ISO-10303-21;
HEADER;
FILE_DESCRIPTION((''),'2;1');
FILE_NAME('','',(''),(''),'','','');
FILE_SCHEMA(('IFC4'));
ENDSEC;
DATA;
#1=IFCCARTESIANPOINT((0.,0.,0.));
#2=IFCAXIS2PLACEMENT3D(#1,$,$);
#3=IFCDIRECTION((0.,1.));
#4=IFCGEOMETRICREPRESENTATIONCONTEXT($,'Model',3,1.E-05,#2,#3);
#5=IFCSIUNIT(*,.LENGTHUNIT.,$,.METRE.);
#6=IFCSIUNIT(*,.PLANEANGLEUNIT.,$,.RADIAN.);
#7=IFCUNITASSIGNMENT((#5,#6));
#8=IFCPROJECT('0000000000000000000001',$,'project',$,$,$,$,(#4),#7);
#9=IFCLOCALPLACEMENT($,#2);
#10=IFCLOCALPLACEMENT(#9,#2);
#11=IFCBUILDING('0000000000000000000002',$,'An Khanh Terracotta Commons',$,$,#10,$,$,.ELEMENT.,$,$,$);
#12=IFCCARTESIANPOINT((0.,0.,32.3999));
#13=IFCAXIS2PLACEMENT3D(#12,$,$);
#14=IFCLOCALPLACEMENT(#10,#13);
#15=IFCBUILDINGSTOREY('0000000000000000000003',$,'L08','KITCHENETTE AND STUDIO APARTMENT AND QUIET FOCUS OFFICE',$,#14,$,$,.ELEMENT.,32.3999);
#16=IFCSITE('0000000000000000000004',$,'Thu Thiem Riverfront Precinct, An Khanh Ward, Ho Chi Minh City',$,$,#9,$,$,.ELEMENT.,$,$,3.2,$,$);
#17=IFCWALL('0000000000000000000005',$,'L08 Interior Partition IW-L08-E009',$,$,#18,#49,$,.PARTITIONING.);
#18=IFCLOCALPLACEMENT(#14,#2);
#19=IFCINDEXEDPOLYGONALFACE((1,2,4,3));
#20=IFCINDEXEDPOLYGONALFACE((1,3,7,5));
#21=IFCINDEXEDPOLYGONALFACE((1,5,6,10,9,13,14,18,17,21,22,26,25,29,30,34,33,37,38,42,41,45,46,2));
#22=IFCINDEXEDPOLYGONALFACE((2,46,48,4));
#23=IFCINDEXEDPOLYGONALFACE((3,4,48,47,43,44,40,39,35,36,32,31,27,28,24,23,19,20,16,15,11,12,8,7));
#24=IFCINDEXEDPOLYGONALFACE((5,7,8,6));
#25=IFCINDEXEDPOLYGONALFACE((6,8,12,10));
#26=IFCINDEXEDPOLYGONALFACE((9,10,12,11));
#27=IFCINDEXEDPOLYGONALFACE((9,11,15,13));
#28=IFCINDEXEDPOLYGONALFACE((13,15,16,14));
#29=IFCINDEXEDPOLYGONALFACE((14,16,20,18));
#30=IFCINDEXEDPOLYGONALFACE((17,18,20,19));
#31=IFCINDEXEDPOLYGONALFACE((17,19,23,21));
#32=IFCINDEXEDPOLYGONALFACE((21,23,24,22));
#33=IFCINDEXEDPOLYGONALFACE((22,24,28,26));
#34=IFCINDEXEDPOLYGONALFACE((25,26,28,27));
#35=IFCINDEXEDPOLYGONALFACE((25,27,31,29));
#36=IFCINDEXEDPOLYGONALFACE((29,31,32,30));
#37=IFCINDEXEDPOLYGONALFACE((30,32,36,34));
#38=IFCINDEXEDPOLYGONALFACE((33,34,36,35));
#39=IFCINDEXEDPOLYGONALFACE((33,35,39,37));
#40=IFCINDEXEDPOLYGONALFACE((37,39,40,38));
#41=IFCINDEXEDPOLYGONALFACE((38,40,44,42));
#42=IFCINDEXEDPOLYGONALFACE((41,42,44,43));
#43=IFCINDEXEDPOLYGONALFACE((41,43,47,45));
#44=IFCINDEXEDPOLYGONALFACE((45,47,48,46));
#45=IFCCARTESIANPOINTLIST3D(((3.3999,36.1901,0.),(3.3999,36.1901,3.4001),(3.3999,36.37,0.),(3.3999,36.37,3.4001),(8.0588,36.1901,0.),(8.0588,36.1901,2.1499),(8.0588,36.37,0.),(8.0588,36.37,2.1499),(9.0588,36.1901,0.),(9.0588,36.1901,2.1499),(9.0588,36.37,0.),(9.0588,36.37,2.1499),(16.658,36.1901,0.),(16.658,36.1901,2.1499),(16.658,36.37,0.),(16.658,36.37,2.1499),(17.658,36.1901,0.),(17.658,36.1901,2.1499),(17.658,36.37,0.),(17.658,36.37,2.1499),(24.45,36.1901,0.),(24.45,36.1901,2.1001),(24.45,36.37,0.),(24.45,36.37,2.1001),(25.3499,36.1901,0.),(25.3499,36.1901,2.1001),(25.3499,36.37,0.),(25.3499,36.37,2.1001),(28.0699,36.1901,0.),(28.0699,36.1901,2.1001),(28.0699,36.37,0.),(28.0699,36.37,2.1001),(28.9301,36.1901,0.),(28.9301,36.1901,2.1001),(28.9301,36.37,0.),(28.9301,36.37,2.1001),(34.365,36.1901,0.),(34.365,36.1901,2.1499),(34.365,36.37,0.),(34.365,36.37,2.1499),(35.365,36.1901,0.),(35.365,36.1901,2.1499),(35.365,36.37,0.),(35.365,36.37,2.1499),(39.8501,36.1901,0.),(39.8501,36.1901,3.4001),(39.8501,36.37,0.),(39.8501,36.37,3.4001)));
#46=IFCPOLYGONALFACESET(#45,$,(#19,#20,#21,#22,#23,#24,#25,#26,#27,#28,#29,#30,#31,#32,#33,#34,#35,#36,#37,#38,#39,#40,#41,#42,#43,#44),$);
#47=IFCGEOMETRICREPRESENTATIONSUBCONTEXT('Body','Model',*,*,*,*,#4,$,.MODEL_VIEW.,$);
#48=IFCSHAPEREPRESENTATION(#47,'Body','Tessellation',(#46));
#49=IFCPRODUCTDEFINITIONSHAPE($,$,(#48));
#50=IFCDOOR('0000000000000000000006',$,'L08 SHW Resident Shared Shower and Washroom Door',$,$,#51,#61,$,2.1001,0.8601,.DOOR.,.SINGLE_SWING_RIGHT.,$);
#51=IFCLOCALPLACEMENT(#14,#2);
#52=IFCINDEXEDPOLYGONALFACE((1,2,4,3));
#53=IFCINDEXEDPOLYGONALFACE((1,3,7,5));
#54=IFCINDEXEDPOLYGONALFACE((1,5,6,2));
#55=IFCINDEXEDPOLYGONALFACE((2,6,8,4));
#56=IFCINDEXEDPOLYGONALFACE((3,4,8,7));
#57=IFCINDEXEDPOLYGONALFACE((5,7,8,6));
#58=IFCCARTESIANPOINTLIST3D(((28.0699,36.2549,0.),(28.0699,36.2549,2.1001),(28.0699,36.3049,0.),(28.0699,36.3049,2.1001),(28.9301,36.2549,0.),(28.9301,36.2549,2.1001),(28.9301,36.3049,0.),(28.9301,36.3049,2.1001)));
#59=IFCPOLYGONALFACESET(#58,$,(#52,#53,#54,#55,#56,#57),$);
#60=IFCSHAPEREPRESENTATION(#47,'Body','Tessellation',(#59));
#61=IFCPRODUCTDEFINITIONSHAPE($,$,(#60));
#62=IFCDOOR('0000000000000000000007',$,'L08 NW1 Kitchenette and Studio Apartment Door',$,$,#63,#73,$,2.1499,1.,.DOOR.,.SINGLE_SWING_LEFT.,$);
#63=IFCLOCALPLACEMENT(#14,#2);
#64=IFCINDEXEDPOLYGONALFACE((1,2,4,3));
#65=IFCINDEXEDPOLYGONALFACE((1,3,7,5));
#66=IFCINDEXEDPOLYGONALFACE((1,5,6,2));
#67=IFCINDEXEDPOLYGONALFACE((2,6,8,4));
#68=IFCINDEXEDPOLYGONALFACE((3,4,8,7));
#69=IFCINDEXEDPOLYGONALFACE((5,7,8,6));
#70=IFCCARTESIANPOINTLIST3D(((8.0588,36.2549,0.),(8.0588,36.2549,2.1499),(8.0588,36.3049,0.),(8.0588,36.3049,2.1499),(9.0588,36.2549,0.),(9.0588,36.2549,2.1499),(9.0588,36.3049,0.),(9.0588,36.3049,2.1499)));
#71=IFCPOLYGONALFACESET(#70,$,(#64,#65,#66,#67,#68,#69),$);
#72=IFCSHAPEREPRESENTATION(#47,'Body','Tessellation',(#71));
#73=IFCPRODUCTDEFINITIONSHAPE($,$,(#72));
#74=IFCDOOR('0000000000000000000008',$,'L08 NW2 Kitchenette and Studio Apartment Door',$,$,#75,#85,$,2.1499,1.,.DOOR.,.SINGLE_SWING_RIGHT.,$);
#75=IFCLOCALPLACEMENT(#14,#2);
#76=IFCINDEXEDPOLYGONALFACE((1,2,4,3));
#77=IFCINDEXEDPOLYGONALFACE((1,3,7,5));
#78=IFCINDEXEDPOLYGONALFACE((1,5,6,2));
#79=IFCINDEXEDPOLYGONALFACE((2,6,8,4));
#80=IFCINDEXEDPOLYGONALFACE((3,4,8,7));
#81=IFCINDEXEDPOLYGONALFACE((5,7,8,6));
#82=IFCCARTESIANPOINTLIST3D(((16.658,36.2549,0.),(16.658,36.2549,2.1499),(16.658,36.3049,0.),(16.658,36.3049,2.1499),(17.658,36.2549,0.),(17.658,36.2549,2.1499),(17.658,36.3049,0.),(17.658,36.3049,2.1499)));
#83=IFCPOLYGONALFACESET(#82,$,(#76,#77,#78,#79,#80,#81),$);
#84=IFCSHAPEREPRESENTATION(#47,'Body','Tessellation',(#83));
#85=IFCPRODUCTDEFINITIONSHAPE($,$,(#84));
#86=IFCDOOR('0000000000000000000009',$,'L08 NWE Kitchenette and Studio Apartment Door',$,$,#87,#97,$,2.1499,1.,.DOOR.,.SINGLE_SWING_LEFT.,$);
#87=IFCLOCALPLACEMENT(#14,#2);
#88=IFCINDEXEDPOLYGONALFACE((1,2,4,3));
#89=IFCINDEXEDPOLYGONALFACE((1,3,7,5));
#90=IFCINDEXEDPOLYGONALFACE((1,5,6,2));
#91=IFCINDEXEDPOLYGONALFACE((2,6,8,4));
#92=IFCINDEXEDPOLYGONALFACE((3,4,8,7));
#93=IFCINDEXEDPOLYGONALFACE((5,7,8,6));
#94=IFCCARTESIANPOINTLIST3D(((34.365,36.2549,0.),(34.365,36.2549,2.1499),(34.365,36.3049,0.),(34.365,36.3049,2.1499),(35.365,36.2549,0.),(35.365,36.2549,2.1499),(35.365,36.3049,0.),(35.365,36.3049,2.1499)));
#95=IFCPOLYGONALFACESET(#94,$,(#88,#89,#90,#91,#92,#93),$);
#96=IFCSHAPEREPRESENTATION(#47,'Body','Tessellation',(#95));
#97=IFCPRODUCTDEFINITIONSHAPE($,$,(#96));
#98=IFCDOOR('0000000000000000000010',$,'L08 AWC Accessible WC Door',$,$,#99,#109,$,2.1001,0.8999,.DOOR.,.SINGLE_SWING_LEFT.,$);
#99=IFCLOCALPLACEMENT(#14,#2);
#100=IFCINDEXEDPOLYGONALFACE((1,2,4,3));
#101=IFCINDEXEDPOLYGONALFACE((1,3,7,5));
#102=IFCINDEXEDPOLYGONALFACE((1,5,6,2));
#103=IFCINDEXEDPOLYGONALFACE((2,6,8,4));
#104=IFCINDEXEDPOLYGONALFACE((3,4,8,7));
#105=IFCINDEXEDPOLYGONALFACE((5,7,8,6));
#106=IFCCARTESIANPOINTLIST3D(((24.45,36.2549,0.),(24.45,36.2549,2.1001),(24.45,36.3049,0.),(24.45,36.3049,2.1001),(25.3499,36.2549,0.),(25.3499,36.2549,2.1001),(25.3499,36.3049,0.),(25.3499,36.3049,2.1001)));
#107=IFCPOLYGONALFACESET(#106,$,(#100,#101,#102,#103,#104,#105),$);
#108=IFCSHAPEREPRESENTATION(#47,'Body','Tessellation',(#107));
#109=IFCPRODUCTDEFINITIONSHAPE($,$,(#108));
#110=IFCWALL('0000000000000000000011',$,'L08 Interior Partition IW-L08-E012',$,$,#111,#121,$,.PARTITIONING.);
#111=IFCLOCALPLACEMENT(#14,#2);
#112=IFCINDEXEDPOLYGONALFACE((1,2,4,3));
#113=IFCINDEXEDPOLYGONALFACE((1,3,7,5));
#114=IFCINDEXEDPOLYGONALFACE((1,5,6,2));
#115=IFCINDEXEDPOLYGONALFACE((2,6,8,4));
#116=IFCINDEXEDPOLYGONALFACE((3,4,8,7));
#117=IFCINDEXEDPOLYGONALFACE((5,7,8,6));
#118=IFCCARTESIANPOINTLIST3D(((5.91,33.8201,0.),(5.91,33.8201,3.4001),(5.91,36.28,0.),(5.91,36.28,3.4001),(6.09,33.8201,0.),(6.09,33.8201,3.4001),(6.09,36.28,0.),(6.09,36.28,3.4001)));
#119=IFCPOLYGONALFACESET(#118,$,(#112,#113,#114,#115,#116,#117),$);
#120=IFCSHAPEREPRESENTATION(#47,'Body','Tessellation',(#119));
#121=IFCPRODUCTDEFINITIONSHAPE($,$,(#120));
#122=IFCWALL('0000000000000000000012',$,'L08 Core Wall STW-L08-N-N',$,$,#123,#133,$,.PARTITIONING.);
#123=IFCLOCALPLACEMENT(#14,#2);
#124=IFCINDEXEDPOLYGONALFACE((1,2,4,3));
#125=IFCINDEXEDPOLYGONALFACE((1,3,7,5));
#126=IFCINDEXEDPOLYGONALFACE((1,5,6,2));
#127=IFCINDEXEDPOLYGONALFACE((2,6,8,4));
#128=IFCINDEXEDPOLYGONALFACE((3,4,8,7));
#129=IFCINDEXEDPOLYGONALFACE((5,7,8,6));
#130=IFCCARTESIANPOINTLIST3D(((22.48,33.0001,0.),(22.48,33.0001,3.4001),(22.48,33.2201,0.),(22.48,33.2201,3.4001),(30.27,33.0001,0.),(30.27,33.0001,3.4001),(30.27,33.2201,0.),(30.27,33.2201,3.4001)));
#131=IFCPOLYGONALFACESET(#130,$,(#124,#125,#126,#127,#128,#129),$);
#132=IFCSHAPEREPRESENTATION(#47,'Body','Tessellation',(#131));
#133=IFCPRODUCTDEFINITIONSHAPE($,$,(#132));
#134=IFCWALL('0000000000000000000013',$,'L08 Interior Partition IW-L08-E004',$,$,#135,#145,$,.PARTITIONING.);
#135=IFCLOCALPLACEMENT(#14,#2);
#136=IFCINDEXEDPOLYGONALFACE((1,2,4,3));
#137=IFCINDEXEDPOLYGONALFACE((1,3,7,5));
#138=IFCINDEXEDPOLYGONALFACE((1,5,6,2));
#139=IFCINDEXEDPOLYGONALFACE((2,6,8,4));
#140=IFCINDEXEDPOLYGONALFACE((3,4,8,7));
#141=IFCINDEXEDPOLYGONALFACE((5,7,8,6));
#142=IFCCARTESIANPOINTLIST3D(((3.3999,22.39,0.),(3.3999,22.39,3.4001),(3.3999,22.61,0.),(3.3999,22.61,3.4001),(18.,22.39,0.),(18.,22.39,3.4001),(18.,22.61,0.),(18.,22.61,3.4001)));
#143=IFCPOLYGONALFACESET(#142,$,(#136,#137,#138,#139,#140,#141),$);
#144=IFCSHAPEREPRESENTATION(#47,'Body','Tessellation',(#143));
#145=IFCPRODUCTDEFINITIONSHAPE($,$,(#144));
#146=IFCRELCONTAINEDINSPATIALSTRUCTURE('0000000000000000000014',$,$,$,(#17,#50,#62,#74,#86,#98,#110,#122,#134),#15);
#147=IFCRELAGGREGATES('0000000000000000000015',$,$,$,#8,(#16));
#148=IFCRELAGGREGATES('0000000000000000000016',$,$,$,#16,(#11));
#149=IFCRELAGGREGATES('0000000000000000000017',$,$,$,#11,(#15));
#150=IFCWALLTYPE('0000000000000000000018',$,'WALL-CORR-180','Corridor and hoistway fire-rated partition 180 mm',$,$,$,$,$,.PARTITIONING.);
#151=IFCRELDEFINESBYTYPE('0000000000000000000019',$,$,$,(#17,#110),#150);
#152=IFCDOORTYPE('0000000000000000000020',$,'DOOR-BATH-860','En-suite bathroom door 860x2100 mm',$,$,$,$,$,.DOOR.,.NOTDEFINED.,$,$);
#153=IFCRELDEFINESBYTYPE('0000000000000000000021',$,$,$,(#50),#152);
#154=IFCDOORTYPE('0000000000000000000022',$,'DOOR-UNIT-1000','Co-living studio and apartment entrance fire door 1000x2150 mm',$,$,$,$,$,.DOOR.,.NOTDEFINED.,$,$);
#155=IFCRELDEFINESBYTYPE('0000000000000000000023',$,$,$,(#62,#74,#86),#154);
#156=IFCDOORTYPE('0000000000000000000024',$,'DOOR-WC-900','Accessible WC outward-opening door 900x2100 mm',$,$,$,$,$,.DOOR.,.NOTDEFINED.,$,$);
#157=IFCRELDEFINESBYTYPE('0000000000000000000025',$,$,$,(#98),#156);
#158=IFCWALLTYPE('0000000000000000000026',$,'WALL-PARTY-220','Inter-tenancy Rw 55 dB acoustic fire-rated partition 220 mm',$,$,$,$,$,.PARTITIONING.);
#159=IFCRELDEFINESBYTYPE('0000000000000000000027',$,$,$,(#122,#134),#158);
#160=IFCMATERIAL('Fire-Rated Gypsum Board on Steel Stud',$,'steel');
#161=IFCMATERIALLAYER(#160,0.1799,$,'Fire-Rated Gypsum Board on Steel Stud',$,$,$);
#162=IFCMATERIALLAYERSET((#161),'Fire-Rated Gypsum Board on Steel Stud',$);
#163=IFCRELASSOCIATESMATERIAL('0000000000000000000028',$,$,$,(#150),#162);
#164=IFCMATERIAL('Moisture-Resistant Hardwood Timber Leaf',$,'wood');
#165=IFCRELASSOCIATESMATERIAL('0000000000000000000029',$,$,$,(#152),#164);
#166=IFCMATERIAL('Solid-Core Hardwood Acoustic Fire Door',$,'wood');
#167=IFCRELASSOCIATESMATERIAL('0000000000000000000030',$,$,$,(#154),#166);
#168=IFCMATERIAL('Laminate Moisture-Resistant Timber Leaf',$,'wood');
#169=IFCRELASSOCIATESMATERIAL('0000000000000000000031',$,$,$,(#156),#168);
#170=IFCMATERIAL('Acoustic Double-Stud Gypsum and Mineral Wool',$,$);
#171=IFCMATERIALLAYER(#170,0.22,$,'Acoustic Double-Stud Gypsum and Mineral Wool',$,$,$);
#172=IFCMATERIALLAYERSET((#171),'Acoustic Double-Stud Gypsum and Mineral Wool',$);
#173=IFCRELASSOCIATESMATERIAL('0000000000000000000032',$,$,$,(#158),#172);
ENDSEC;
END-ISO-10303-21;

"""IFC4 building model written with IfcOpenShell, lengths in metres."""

from ifc_helpers import new_model, si_unit, direction, frame, frame_2d, origin, place, context, subcontext, project, spatial, rectangle, extrude, material, layer, layer_set, type_object, element, fill, save


model = new_model("IFC4")

# Units and contexts
model_context = context("Model", 3, precision=1e-05, world=origin(), true_north=direction((0.0, 1.0)))
body_context = subcontext(model_context, "Body", "Model", "MODEL_VIEW")
ifc_project = project(units=[si_unit("LENGTHUNIT", "METRE"), si_unit("PLANEANGLEUNIT", "RADIAN")], contexts=[model_context])

# Site, building, storey
site_placement = place(None, origin())
site = spatial("IfcSite", under=ifc_project, at=site_placement, Name="Thu Thiem Riverfront Precinct, An Khanh Ward, Ho Chi Minh City", CompositionType="ELEMENT", RefElevation=3.2)
building_placement = place(site_placement, origin())
building = spatial("IfcBuilding", under=site, at=building_placement, Name="An Khanh Terracotta Commons", CompositionType="ELEMENT")
storey_placement = place(building_placement, frame((0.0, 0.0, 32.3999)))
storey = spatial("IfcBuildingStorey", under=building, at=storey_placement, Name="L08", Description="KITCHENETTE AND STUDIO APARTMENT AND QUIET FOCUS OFFICE", CompositionType="ELEMENT", Elevation=32.3999)

# Shared definitions
ifc_material_1 = material(Name="Fire-Rated Gypsum Board on Steel Stud", Category="steel")
ifc_layer_1 = layer(ifc_material_1, 0.1799, Name="Fire-Rated Gypsum Board on Steel Stud")
ifc_layer_set_1 = layer_set([ifc_layer_1], Name="Fire-Rated Gypsum Board on Steel Stud")
wall_type_1 = type_object("IfcWallType", Name="WALL-CORR-180", Description="Corridor and hoistway fire-rated partition 180 mm", PredefinedType="PARTITIONING", material=ifc_layer_set_1)

# Wall, openings, doors
wall_1_placement = place(storey_placement, frame((3.3999, 36.28, 0.0), z_axis=(0.0, 0.0, 1.0), x_axis=(1.0, 0.0, 0.0)))
wall_1 = element("IfcWall", 1, at=wall_1_placement, inside=storey, type_object=wall_type_1, Name="L08 Interior Partition IW-L08-E009", PredefinedType="PARTITIONING", context=body_context, shape_type="SweptSolid", body=[
    extrude(rectangle(XDim=36.4502, YDim=0.1799, at=frame_2d((18.2251, 0.0))), origin(), (0.0, 0.0, 1.0), 3.4001),
])
opening_1_placement = place(wall_1_placement, frame((21.05, 0.0, 0.0)))
opening_1 = element("IfcOpeningElement", 2, at=opening_1_placement, cuts=wall_1, PredefinedType="OPENING", context=body_context, shape_type="SweptSolid", body=[
    extrude(rectangle(XDim=0.8999, YDim=2.1001, at=frame_2d((0.45, 1.05))), frame((0.0, 0.0999, 0.0), z_axis=(0.0, -1.0, 0.0), x_axis=(1.0, 0.0, 0.0)), (0.0, 0.0, 1.0), 0.2),
])
opening_2_placement = place(wall_1_placement, frame((24.6699, 0.0, 0.0)))
opening_2 = element("IfcOpeningElement", 3, at=opening_2_placement, cuts=wall_1, PredefinedType="OPENING", context=body_context, shape_type="SweptSolid", body=[
    extrude(rectangle(XDim=0.8601, YDim=2.1001, at=frame_2d((0.4302, 1.05))), frame((0.0, 0.0999, 0.0), z_axis=(0.0, -1.0, 0.0), x_axis=(1.0, 0.0, 0.0)), (0.0, 0.0, 1.0), 0.2),
])
opening_3_placement = place(wall_1_placement, frame((4.6589, 0.0, 0.0)))
opening_3 = element("IfcOpeningElement", 4, at=opening_3_placement, cuts=wall_1, PredefinedType="OPENING", context=body_context, shape_type="SweptSolid", body=[
    extrude(rectangle(XDim=1.0, YDim=2.1499, at=frame_2d((0.5, 1.075))), frame((0.0, 0.0999, 0.0), z_axis=(0.0, -1.0, 0.0), x_axis=(1.0, 0.0, 0.0)), (0.0, 0.0, 1.0), 0.2),
])
opening_4_placement = place(wall_1_placement, frame((13.2581, 0.0, 0.0)))
opening_4 = element("IfcOpeningElement", 5, at=opening_4_placement, cuts=wall_1, PredefinedType="OPENING", context=body_context, shape_type="SweptSolid", body=[
    extrude(rectangle(XDim=1.0, YDim=2.1499, at=frame_2d((0.5, 1.075))), frame((0.0, 0.0999, 0.0), z_axis=(0.0, -1.0, 0.0), x_axis=(1.0, 0.0, 0.0)), (0.0, 0.0, 1.0), 0.2),
])
opening_5_placement = place(wall_1_placement, frame((30.9651, 0.0, 0.0)))
opening_5 = element("IfcOpeningElement", 6, at=opening_5_placement, cuts=wall_1, PredefinedType="OPENING", context=body_context, shape_type="SweptSolid", body=[
    extrude(rectangle(XDim=1.0, YDim=2.1499, at=frame_2d((0.5, 1.075))), frame((0.0, 0.0999, 0.0), z_axis=(0.0, -1.0, 0.0), x_axis=(1.0, 0.0, 0.0)), (0.0, 0.0, 1.0), 0.2),
])
ifc_material_2 = material(Name="Moisture-Resistant Hardwood Timber Leaf", Category="wood")
door_type_1 = type_object("IfcDoorType", Name="DOOR-BATH-860", Description="En-suite bathroom door 860x2100 mm", OperationType="NOTDEFINED", PredefinedType="DOOR", material=ifc_material_2)
door_1_placement = place(opening_2_placement, origin())
door_1 = element("IfcDoor", 7, at=door_1_placement, inside=storey, type_object=door_type_1, Name="L08 SHW Resident Shared Shower and Washroom Door", OperationType="SINGLE_SWING_RIGHT", OverallHeight=2.1001, OverallWidth=0.8601, PredefinedType="DOOR", context=body_context, shape_type="SweptSolid", body=[
    extrude(rectangle(XDim=0.8601, YDim=2.1001, at=frame_2d((0.4302, 1.05))), frame((0.0, 0.0249, 0.0), z_axis=(0.0, -1.0, 0.0), x_axis=(1.0, 0.0, 0.0)), (0.0, 0.0, 1.0), 0.05),
])
fill(opening_2, door_1)
ifc_material_3 = material(Name="Solid-Core Hardwood Acoustic Fire Door", Category="wood")
door_type_2 = type_object("IfcDoorType", Name="DOOR-UNIT-1000", Description="Co-living studio and apartment entrance fire door 1000x2150 mm", OperationType="NOTDEFINED", PredefinedType="DOOR", material=ifc_material_3)
door_2_placement = place(opening_3_placement, origin())
door_2 = element("IfcDoor", 8, at=door_2_placement, inside=storey, type_object=door_type_2, Name="L08 NW1 Kitchenette and Studio Apartment Door", OperationType="SINGLE_SWING_LEFT", OverallHeight=2.1499, OverallWidth=1.0, PredefinedType="DOOR", context=body_context, shape_type="SweptSolid", body=[
    extrude(rectangle(XDim=1.0, YDim=2.1499, at=frame_2d((0.5, 1.075))), frame((0.0, 0.0249, 0.0), z_axis=(0.0, -1.0, 0.0), x_axis=(1.0, 0.0, 0.0)), (0.0, 0.0, 1.0), 0.05),
])
fill(opening_3, door_2)
door_3_placement = place(opening_4_placement, origin())
door_3 = element("IfcDoor", 9, at=door_3_placement, inside=storey, type_object=door_type_2, Name="L08 NW2 Kitchenette and Studio Apartment Door", OperationType="SINGLE_SWING_RIGHT", OverallHeight=2.1499, OverallWidth=1.0, PredefinedType="DOOR", context=body_context, shape_type="SweptSolid", body=[
    extrude(rectangle(XDim=1.0, YDim=2.1499, at=frame_2d((0.5, 1.075))), frame((0.0, 0.0249, 0.0), z_axis=(0.0, -1.0, 0.0), x_axis=(1.0, 0.0, 0.0)), (0.0, 0.0, 1.0), 0.05),
])
fill(opening_4, door_3)
door_4_placement = place(opening_5_placement, origin())
door_4 = element("IfcDoor", 10, at=door_4_placement, inside=storey, type_object=door_type_2, Name="L08 NWE Kitchenette and Studio Apartment Door", OperationType="SINGLE_SWING_LEFT", OverallHeight=2.1499, OverallWidth=1.0, PredefinedType="DOOR", context=body_context, shape_type="SweptSolid", body=[
    extrude(rectangle(XDim=1.0, YDim=2.1499, at=frame_2d((0.5, 1.075))), frame((0.0, 0.0249, 0.0), z_axis=(0.0, -1.0, 0.0), x_axis=(1.0, 0.0, 0.0)), (0.0, 0.0, 1.0), 0.05),
])
fill(opening_5, door_4)
ifc_material_4 = material(Name="Laminate Moisture-Resistant Timber Leaf", Category="wood")
door_type_3 = type_object("IfcDoorType", Name="DOOR-WC-900", Description="Accessible WC outward-opening door 900x2100 mm", OperationType="NOTDEFINED", PredefinedType="DOOR", material=ifc_material_4)
door_5_placement = place(opening_1_placement, origin())
door_5 = element("IfcDoor", 11, at=door_5_placement, inside=storey, type_object=door_type_3, Name="L08 AWC Accessible WC Door", OperationType="SINGLE_SWING_LEFT", OverallHeight=2.1001, OverallWidth=0.8999, PredefinedType="DOOR", context=body_context, shape_type="SweptSolid", body=[
    extrude(rectangle(XDim=0.8999, YDim=2.1001, at=frame_2d((0.45, 1.05))), frame((0.0, 0.0249, 0.0), z_axis=(0.0, -1.0, 0.0), x_axis=(1.0, 0.0, 0.0)), (0.0, 0.0, 1.0), 0.05),
])
fill(opening_1, door_5)

# Walls
wall_2_placement = place(storey_placement, frame((6.0, 33.8201, 0.0), z_axis=(0.0, 0.0, 1.0), x_axis=(0.0, 1.0, 0.0)))
element("IfcWall", 12, at=wall_2_placement, inside=storey, type_object=wall_type_1, Name="L08 Interior Partition IW-L08-E012", PredefinedType="PARTITIONING", context=body_context, shape_type="SweptSolid", body=[
    extrude(rectangle(XDim=2.46, YDim=0.1799, at=frame_2d((1.23, 0.0))), origin(), (0.0, 0.0, 1.0), 3.4001),
])
ifc_material_5 = material(Name="Acoustic Double-Stud Gypsum and Mineral Wool")
ifc_layer_2 = layer(ifc_material_5, 0.22, Name="Acoustic Double-Stud Gypsum and Mineral Wool")
ifc_layer_set_2 = layer_set([ifc_layer_2], Name="Acoustic Double-Stud Gypsum and Mineral Wool")
wall_type_2 = type_object("IfcWallType", Name="WALL-PARTY-220", Description="Inter-tenancy Rw 55 dB acoustic fire-rated partition 220 mm", PredefinedType="PARTITIONING", material=ifc_layer_set_2)
wall_3_placement = place(storey_placement, frame((22.48, 33.1101, 0.0), z_axis=(0.0, 0.0, 1.0), x_axis=(1.0, 0.0, 0.0)))
element("IfcWall", 13, at=wall_3_placement, inside=storey, type_object=wall_type_2, Name="L08 Core Wall STW-L08-N-N", PredefinedType="PARTITIONING", context=body_context, shape_type="SweptSolid", body=[
    extrude(rectangle(XDim=7.79, YDim=0.22, at=frame_2d((3.895, 0.0))), origin(), (0.0, 0.0, 1.0), 3.4001),
])
wall_4_placement = place(storey_placement, frame((3.3999, 22.5, 0.0), z_axis=(0.0, 0.0, 1.0), x_axis=(1.0, 0.0, 0.0)))
element("IfcWall", 14, at=wall_4_placement, inside=storey, type_object=wall_type_2, Name="L08 Interior Partition IW-L08-E004", PredefinedType="PARTITIONING", context=body_context, shape_type="SweptSolid", body=[
    extrude(rectangle(XDim=14.6001, YDim=0.22, at=frame_2d((7.3, 0.0))), origin(), (0.0, 0.0, 1.0), 3.4001),
])

save(model, "model.ifc")
